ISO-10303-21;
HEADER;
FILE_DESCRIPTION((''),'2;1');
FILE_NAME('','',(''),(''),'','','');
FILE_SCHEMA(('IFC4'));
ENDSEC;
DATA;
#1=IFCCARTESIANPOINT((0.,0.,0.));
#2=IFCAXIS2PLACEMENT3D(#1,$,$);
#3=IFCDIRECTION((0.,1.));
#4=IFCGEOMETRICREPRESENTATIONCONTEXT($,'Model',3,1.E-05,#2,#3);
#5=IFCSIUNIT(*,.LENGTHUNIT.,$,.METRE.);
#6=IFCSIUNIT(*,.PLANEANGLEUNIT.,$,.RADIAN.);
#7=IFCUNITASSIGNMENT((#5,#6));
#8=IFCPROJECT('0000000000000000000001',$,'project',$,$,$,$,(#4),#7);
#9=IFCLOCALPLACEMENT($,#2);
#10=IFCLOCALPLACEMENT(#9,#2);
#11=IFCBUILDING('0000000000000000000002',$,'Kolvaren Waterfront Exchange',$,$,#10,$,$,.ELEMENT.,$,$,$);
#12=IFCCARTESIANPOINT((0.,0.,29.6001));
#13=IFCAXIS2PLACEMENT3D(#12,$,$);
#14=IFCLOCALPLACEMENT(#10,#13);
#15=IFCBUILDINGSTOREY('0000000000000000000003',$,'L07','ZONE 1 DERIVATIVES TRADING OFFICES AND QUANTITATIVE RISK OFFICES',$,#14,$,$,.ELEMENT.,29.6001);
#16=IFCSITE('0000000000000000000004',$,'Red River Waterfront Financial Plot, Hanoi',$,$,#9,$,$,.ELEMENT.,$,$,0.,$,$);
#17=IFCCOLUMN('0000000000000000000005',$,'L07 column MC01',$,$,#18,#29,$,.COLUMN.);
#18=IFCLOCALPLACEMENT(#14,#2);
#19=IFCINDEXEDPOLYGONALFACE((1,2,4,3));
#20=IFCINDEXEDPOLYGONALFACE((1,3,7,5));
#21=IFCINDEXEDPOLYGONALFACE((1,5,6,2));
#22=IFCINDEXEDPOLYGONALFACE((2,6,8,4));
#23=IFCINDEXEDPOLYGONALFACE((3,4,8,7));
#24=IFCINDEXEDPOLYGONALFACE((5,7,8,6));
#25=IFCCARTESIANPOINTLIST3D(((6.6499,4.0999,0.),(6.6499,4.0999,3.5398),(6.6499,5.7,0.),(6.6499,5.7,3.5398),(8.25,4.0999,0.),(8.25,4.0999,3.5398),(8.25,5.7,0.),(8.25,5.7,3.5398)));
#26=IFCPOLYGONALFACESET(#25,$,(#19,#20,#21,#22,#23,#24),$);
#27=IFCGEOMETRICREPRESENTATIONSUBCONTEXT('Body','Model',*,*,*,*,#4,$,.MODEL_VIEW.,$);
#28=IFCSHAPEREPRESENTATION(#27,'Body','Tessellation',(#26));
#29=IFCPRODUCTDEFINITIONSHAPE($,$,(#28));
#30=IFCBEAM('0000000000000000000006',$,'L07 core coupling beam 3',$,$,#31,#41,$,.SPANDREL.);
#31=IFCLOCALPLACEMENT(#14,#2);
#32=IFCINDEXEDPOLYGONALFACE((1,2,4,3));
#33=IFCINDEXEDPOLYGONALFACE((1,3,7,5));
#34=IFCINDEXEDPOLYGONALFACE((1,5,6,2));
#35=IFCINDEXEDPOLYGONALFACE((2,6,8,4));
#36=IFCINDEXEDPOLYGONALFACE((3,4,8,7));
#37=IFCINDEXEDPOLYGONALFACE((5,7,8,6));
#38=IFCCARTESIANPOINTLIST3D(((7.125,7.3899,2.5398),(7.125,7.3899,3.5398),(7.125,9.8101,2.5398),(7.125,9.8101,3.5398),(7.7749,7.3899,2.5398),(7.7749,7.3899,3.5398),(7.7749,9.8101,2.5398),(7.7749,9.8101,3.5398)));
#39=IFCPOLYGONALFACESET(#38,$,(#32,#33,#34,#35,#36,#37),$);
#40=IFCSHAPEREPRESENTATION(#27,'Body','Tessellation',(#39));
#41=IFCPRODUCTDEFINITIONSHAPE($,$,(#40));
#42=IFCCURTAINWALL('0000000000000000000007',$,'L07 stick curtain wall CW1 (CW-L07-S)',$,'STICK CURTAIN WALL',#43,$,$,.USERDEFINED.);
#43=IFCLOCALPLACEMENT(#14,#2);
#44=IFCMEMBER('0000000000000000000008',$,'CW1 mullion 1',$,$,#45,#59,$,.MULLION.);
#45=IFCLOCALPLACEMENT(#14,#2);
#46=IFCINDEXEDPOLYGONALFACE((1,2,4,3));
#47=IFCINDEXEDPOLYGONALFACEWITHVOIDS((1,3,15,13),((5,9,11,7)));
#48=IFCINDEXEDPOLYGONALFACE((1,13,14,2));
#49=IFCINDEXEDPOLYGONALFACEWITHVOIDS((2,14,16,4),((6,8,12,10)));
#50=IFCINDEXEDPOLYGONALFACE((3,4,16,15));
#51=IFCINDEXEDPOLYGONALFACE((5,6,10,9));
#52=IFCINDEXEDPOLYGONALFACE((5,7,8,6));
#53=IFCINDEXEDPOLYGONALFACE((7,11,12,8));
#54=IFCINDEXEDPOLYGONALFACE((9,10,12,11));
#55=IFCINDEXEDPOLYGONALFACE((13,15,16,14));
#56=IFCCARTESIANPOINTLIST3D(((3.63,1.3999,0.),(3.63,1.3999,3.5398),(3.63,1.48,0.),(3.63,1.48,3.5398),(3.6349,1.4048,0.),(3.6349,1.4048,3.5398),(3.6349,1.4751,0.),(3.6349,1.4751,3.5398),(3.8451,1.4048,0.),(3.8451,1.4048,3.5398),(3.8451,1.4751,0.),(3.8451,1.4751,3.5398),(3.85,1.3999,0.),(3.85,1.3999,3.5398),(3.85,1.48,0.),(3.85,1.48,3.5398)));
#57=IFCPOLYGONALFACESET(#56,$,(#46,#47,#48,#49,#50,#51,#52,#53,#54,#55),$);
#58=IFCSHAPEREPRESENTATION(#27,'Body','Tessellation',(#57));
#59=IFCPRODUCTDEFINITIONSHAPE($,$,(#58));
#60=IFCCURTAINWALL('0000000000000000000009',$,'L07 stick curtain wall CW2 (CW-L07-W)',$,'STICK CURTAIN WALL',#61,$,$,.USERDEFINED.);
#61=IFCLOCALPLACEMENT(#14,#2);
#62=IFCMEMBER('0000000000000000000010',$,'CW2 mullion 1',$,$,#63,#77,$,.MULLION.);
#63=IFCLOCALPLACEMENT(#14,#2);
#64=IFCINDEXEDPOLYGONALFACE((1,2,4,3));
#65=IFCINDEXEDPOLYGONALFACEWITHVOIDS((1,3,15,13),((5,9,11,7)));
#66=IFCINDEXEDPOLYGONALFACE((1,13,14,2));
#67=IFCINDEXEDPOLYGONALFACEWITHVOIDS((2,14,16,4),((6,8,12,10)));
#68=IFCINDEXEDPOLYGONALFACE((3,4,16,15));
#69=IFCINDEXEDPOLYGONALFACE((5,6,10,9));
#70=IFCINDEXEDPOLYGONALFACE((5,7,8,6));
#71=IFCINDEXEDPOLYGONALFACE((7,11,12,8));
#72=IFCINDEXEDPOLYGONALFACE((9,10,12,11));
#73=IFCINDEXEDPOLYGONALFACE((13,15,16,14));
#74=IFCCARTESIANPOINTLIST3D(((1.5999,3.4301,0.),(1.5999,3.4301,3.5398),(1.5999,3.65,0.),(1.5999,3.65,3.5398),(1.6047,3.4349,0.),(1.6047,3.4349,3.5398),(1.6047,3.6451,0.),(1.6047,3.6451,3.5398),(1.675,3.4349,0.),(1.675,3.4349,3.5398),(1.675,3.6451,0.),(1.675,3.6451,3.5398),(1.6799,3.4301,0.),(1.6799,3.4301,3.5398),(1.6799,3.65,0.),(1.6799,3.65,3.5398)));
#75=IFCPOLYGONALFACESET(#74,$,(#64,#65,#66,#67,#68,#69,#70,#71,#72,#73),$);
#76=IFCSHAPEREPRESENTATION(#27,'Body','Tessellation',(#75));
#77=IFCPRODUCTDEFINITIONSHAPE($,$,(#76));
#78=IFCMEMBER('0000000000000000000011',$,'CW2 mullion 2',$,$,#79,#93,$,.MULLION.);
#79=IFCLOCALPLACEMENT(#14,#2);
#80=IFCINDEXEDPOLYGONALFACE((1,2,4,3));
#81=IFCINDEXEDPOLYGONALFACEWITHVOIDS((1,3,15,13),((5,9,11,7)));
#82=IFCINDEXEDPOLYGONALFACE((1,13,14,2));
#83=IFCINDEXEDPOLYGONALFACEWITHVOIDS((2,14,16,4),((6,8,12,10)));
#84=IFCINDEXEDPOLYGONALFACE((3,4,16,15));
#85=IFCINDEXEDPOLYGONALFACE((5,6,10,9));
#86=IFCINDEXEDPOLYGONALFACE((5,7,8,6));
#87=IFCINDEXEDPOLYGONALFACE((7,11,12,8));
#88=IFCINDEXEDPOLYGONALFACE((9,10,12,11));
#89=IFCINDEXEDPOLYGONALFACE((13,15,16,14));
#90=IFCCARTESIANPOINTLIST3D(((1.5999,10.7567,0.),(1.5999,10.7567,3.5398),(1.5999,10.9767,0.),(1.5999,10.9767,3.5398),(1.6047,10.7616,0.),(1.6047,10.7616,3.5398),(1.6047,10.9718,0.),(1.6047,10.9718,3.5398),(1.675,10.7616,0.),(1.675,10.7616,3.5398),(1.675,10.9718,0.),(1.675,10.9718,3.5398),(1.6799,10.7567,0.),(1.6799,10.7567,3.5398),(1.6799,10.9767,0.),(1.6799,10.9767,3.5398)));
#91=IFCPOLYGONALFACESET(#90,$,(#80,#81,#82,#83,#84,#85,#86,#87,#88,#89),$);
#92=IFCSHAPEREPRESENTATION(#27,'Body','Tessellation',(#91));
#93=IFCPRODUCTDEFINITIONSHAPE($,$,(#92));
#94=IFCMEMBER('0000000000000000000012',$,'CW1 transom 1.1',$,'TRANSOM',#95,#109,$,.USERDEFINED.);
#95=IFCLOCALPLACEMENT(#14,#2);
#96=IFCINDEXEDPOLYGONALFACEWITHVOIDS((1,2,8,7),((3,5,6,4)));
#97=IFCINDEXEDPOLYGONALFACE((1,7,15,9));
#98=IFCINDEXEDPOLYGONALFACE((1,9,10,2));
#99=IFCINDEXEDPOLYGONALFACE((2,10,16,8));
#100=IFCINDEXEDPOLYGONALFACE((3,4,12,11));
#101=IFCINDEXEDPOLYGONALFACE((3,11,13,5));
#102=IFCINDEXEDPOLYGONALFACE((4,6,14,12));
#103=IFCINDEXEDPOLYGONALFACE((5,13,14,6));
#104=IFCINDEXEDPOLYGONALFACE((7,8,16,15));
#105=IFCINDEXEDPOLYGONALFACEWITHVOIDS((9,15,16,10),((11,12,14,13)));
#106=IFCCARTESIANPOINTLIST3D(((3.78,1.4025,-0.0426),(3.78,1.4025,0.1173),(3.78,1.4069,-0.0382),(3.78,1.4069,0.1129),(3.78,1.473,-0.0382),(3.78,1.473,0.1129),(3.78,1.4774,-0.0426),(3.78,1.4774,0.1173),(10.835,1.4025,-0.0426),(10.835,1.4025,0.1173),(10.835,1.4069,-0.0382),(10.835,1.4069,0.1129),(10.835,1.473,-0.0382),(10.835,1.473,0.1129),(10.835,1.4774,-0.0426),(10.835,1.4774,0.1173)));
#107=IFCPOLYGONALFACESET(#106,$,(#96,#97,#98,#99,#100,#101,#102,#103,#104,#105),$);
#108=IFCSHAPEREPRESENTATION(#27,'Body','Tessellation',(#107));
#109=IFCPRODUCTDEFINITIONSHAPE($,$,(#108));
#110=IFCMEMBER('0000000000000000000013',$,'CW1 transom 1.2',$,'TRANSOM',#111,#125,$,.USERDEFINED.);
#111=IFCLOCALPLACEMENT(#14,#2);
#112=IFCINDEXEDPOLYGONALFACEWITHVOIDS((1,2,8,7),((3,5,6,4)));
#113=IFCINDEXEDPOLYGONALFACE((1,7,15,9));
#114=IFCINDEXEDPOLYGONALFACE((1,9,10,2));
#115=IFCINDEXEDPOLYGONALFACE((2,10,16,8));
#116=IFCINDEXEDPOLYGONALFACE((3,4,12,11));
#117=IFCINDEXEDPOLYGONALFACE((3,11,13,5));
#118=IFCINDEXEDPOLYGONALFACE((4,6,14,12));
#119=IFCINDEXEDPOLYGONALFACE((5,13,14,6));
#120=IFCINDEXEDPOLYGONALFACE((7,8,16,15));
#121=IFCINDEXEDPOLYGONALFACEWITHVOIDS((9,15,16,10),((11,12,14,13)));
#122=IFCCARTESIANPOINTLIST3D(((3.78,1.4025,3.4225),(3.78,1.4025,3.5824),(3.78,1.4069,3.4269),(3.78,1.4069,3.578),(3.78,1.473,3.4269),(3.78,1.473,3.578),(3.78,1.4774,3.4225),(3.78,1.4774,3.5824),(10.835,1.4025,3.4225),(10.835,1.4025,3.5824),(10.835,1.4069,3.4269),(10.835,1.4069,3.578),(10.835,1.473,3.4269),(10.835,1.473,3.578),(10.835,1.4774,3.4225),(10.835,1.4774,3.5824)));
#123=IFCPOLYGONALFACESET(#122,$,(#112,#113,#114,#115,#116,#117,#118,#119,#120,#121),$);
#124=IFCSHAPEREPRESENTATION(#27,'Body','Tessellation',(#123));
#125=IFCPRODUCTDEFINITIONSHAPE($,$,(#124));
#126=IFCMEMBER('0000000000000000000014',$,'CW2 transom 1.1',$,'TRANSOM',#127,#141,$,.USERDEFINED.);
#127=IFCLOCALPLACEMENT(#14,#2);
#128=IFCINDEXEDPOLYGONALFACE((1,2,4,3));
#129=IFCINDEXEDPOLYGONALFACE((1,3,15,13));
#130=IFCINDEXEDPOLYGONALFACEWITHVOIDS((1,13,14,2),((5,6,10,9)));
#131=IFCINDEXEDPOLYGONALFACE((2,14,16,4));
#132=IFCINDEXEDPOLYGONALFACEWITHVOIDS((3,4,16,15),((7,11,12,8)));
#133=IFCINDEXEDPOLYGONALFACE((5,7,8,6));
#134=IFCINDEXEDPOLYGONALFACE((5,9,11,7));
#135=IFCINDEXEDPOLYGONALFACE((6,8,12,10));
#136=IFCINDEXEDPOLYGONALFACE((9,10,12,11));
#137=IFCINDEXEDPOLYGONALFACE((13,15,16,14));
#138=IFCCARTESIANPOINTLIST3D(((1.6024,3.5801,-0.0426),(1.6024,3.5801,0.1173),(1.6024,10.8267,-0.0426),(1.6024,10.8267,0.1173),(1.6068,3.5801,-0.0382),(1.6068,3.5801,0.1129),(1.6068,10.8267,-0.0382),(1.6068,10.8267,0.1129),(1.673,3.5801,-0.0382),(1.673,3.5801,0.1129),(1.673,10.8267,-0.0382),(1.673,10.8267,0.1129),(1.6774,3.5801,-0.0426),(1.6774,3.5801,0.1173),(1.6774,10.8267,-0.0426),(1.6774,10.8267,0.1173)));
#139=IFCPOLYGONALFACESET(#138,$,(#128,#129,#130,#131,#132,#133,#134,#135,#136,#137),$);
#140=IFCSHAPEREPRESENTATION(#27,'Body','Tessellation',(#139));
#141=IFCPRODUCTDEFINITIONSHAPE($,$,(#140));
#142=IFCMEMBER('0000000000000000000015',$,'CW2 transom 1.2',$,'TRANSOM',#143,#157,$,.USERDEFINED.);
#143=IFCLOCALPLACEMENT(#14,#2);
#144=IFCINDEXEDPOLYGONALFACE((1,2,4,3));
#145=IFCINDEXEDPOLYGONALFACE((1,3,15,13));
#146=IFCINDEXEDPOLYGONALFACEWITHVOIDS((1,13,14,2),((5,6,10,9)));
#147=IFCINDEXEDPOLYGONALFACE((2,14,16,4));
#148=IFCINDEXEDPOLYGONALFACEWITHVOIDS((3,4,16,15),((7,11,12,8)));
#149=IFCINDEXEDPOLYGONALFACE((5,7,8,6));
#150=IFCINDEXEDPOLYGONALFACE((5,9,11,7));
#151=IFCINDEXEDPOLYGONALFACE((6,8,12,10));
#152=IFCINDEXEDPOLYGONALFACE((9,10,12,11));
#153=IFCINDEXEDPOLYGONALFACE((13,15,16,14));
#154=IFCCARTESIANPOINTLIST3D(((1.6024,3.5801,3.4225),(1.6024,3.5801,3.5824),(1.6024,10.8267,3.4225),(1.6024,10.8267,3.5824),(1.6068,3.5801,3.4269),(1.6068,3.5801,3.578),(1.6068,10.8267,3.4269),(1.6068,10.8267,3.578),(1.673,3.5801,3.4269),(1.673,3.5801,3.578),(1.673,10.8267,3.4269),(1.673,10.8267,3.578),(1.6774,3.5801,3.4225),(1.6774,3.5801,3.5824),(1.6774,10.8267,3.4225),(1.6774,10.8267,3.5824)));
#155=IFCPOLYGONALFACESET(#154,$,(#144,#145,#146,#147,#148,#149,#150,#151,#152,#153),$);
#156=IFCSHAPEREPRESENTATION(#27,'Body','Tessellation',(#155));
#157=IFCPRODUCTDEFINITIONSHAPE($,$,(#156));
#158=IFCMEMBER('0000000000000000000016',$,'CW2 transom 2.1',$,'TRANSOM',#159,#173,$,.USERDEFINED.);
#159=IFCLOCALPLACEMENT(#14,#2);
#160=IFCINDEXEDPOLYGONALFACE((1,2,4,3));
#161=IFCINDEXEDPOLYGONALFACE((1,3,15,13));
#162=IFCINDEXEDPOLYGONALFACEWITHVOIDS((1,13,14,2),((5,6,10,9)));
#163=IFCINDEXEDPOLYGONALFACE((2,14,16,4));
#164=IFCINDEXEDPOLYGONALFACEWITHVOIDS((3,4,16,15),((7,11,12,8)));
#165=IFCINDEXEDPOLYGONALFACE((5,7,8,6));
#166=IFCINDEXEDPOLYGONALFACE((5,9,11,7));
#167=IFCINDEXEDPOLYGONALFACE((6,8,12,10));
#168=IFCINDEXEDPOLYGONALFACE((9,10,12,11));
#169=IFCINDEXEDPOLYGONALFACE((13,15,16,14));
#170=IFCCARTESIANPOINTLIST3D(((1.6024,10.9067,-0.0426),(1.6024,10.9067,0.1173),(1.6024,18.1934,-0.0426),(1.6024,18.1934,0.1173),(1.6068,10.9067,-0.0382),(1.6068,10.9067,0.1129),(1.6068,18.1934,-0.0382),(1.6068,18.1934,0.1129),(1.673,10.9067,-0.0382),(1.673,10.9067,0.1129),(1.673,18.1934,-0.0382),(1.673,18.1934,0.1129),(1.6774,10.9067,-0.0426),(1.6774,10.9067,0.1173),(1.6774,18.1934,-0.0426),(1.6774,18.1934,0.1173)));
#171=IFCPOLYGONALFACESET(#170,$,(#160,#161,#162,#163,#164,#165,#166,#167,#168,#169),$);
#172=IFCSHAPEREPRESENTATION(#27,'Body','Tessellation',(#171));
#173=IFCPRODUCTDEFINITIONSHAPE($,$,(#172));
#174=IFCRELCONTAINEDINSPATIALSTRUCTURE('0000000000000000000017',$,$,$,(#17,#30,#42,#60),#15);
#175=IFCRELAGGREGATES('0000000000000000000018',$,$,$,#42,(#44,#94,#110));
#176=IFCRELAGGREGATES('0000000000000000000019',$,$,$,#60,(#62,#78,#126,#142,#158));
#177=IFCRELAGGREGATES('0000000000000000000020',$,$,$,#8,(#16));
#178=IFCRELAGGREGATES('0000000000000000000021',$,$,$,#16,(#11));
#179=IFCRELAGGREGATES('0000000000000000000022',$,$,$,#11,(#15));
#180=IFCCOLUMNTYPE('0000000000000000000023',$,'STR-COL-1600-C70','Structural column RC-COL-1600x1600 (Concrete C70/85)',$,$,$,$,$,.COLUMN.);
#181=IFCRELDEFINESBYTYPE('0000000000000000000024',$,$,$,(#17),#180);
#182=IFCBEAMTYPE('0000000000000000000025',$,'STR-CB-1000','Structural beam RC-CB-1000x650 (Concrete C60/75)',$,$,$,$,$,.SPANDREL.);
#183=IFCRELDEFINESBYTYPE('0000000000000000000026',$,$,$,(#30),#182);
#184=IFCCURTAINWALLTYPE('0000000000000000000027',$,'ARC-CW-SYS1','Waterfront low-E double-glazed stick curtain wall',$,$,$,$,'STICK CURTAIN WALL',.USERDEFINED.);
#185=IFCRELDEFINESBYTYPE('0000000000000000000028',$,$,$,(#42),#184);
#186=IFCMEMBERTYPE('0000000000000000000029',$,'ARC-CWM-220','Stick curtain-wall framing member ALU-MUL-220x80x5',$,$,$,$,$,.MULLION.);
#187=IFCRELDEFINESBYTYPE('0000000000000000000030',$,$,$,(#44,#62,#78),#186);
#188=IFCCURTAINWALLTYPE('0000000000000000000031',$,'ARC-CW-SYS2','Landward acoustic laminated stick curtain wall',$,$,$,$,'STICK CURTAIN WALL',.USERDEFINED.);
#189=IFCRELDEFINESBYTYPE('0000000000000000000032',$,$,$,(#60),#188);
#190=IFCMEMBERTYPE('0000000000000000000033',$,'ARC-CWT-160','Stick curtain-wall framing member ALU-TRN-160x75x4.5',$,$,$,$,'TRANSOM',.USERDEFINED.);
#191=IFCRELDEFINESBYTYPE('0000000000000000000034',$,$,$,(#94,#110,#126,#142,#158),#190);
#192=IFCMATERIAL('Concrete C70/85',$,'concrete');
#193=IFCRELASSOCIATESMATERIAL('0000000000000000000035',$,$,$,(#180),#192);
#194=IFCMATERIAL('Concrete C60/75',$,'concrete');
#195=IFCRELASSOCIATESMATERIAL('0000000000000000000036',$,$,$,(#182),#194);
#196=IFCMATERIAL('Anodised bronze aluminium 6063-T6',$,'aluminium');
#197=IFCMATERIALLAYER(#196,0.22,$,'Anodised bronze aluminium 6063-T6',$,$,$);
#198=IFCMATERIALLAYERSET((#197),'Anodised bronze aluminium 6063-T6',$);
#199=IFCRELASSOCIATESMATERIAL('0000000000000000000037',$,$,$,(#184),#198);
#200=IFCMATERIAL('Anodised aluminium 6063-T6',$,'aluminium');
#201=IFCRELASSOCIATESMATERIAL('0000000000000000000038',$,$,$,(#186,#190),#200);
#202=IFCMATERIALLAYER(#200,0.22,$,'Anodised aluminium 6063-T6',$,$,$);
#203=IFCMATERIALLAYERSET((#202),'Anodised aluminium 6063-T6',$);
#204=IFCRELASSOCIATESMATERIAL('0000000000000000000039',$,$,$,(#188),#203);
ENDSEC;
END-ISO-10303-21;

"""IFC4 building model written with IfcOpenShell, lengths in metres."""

from ifc_helpers import new_model, si_unit, direction, frame, origin, origin_with_axes, origin_2d, place, context, subcontext, project, spatial, rectangle, hollow_rectangle, extrude, source, transform, mapped, material, layer, layer_set, material_profile, profile_set, type_object, element, aggregate, save


model = new_model("IFC4")

# Units and contexts
model_context = context("Model", 3, precision=1e-05, world=origin(), true_north=direction((0.0, 1.0)))
body_context = subcontext(model_context, "Body", "Model", "MODEL_VIEW")
ifc_project = project(units=[si_unit("LENGTHUNIT", "METRE"), si_unit("PLANEANGLEUNIT", "RADIAN")], contexts=[model_context])

# Site, building, storey
site_placement = place(None, origin())
site = spatial("IfcSite", under=ifc_project, at=site_placement, Name="Red River Waterfront Financial Plot, Hanoi", CompositionType="ELEMENT", RefElevation=0.0)
building_placement = place(site_placement, origin())
building = spatial("IfcBuilding", under=site, at=building_placement, Name="Kolvaren Waterfront Exchange", CompositionType="ELEMENT")
storey_placement = place(building_placement, frame((0.0, 0.0, 29.6001)))
storey = spatial("IfcBuildingStorey", under=building, at=storey_placement, Name="L07", Description="ZONE 1 DERIVATIVES TRADING OFFICES AND QUANTITATIVE RISK OFFICES", CompositionType="ELEMENT", Elevation=29.6001)

# Column
ifc_material_1 = material(Name="Concrete C70/85", Category="concrete")
ifc_material_profile_1 = material_profile(ifc_material_1, rectangle(XDim=1.6001, YDim=1.6001, at=origin_2d()), Name="RC-COL-1600x1600")
ifc_profile_set_1 = profile_set([ifc_material_profile_1], Name="Concrete C70/85")
column_type = type_object("IfcColumnType", Name="STR-COL-1600-C70", Description="Structural column RC-COL-1600x1600 (Concrete C70/85)", PredefinedType="COLUMN", material=ifc_profile_set_1)
column_placement = place(storey_placement, frame((7.45, 4.8999, 0.0), z_axis=(0.0, 0.0, 1.0), x_axis=(1.0, 0.0, 0.0)))
element("IfcColumn", 1, at=column_placement, inside=storey, type_object=column_type, Name="L07 column MC01", PredefinedType="COLUMN", context=body_context, shape_type="SweptSolid", body=[
    extrude(rectangle(XDim=1.6001, YDim=1.6001, at=origin_2d()), origin(), (0.0, 0.0, 1.0), 3.5398),
])

# Beam
ifc_material_2 = material(Name="Concrete C60/75", Category="concrete")
ifc_material_profile_2 = material_profile(ifc_material_2, rectangle(XDim=0.6499, YDim=1.0, at=origin_2d()), Name="RC-CB-1000x650")
ifc_profile_set_2 = profile_set([ifc_material_profile_2], Name="Concrete C60/75")
beam_type = type_object("IfcBeamType", Name="STR-CB-1000", Description="Structural beam RC-CB-1000x650 (Concrete C60/75)", PredefinedType="SPANDREL", material=ifc_profile_set_2)
beam_placement = place(storey_placement, frame((7.45, 7.3899, 3.0398), z_axis=(0.0, 1.0, 0.0), x_axis=(-1.0, 0.0, 0.0)))
element("IfcBeam", 2, at=beam_placement, inside=storey, type_object=beam_type, Name="L07 core coupling beam 3", PredefinedType="SPANDREL", context=body_context, shape_type="SweptSolid", body=[
    extrude(rectangle(XDim=0.6499, YDim=1.0, at=origin_2d()), origin(), (0.0, 0.0, 1.0), 2.4202),
])

# Curtain wall, member
ifc_material_3 = material(Name="Anodised bronze aluminium 6063-T6", Category="aluminium")
ifc_layer_1 = layer(ifc_material_3, 0.22, Name="Anodised bronze aluminium 6063-T6")
ifc_layer_set_1 = layer_set([ifc_layer_1], Name="Anodised bronze aluminium 6063-T6")
curtain_wall_type_1 = type_object("IfcCurtainWallType", Name="ARC-CW-SYS1", Description="Waterfront low-E double-glazed stick curtain wall", ElementType="STICK CURTAIN WALL", PredefinedType="USERDEFINED", material=ifc_layer_set_1)
curtain_wall_1_placement = place(storey_placement, origin())
curtain_wall_1 = element("IfcCurtainWall", 3, at=curtain_wall_1_placement, inside=storey, type_object=curtain_wall_type_1, Name="L07 stick curtain wall CW1 (CW-L07-S)", ObjectType="STICK CURTAIN WALL", PredefinedType="USERDEFINED")
ifc_material_4 = material(Name="Anodised aluminium 6063-T6", Category="aluminium")
ifc_material_profile_3 = material_profile(ifc_material_4, hollow_rectangle(XDim=0.0801, YDim=0.22, WallThickness=0.0049, at=origin_2d()), Name="ALU-MUL-220x80x5")
ifc_profile_set_3 = profile_set([ifc_material_profile_3], Name="Anodised aluminium 6063-T6")
member_type_1 = type_object("IfcMemberType", Name="ARC-CWM-220", Description="Stick curtain-wall framing member ALU-MUL-220x80x5", PredefinedType="MULLION", material=ifc_profile_set_3)
shared_shape_1 = source(origin_with_axes(), body_context, "Body", "SweptSolid", [
    extrude(hollow_rectangle(XDim=0.0801, YDim=0.22, WallThickness=0.0049, at=origin_2d()), origin(), (0.0, 0.0, 1.0), 3.5398),
])
member_1_placement = place(storey_placement, frame((3.74, 1.4399, 0.0), z_axis=(0.0, 0.0, 1.0), x_axis=(0.0, 1.0, 0.0)))
member_1 = element("IfcMember", 4, at=member_1_placement, type_object=member_type_1, Name="CW1 mullion 1", PredefinedType="MULLION", context=body_context, shape_type="MappedRepresentation", body=[
    mapped(shared_shape_1, transform((0.0, 0.0, 0.0), x_axis=(1.0, 0.0, 0.0), y_axis=(0.0, 1.0, 0.0), z_axis=(0.0, 0.0, 1.0), scale=1.0)),
])

# Curtain wall, members
ifc_layer_2 = layer(ifc_material_4, 0.22, Name="Anodised aluminium 6063-T6")
ifc_layer_set_2 = layer_set([ifc_layer_2], Name="Anodised aluminium 6063-T6")
curtain_wall_type_2 = type_object("IfcCurtainWallType", Name="ARC-CW-SYS2", Description="Landward acoustic laminated stick curtain wall", ElementType="STICK CURTAIN WALL", PredefinedType="USERDEFINED", material=ifc_layer_set_2)
curtain_wall_2_placement = place(storey_placement, origin())
curtain_wall_2 = element("IfcCurtainWall", 5, at=curtain_wall_2_placement, inside=storey, type_object=curtain_wall_type_2, Name="L07 stick curtain wall CW2 (CW-L07-W)", ObjectType="STICK CURTAIN WALL", PredefinedType="USERDEFINED")
member_2_placement = place(storey_placement, frame((1.6399, 3.54, 0.0), z_axis=(0.0, 0.0, 1.0), x_axis=(-1.0, 0.0, 0.0)))
member_2 = element("IfcMember", 6, at=member_2_placement, type_object=member_type_1, Name="CW2 mullion 1", PredefinedType="MULLION", context=body_context, shape_type="MappedRepresentation", body=[
    mapped(shared_shape_1, transform((0.0, 0.0, 0.0), x_axis=(1.0, 0.0, 0.0), y_axis=(0.0, 1.0, 0.0), z_axis=(0.0, 0.0, 1.0), scale=1.0)),
])
member_3_placement = place(storey_placement, frame((1.6399, 10.8667, 0.0), z_axis=(0.0, 0.0, 1.0), x_axis=(-1.0, 0.0, 0.0)))
member_3 = element("IfcMember", 7, at=member_3_placement, type_object=member_type_1, Name="CW2 mullion 2", PredefinedType="MULLION", context=body_context, shape_type="MappedRepresentation", body=[
    mapped(shared_shape_1, transform((0.0, 0.0, 0.0), x_axis=(1.0, 0.0, 0.0), y_axis=(0.0, 1.0, 0.0), z_axis=(0.0, 0.0, 1.0), scale=1.0)),
])

# Members
ifc_material_profile_4 = material_profile(ifc_material_4, hollow_rectangle(XDim=0.075, YDim=0.1599, WallThickness=0.0044, at=origin_2d()), Name="ALU-TRN-160x75x4.5")
ifc_profile_set_4 = profile_set([ifc_material_profile_4], Name="Anodised aluminium 6063-T6")
member_type_2 = type_object("IfcMemberType", Name="ARC-CWT-160", Description="Stick curtain-wall framing member ALU-TRN-160x75x4.5", ElementType="TRANSOM", PredefinedType="USERDEFINED", material=ifc_profile_set_4)
shared_shape_2 = source(origin_with_axes(), body_context, "Body", "SweptSolid", [
    extrude(hollow_rectangle(XDim=0.075, YDim=0.1599, WallThickness=0.0044, at=origin_2d()), origin(), (0.0, 0.0, 1.0), 7.0549),
])
member_4_placement = place(storey_placement, frame((3.78, 1.4399, 0.0374), z_axis=(1.0, 0.0, 0.0), x_axis=(0.0, 1.0, 0.0)))
member_4 = element("IfcMember", 8, at=member_4_placement, type_object=member_type_2, Name="CW1 transom 1.1", ObjectType="TRANSOM", PredefinedType="USERDEFINED", context=body_context, shape_type="MappedRepresentation", body=[
    mapped(shared_shape_2, transform((0.0, 0.0, 0.0), x_axis=(1.0, 0.0, 0.0), y_axis=(0.0, 1.0, 0.0), z_axis=(0.0, 0.0, 1.0), scale=1.0)),
])
member_5_placement = place(storey_placement, frame((3.78, 1.4399, 3.5024), z_axis=(1.0, 0.0, 0.0), x_axis=(0.0, 1.0, 0.0)))
member_5 = element("IfcMember", 9, at=member_5_placement, type_object=member_type_2, Name="CW1 transom 1.2", ObjectType="TRANSOM", PredefinedType="USERDEFINED", context=body_context, shape_type="MappedRepresentation", body=[
    mapped(shared_shape_2, transform((0.0, 0.0, 0.0), x_axis=(1.0, 0.0, 0.0), y_axis=(0.0, 1.0, 0.0), z_axis=(0.0, 0.0, 1.0), scale=1.0)),
])
shared_shape_3 = source(origin_with_axes(), body_context, "Body", "SweptSolid", [
    extrude(hollow_rectangle(XDim=0.075, YDim=0.1599, WallThickness=0.0044, at=origin_2d()), origin(), (0.0, 0.0, 1.0), 7.2466),
])
member_6_placement = place(storey_placement, frame((1.6399, 3.5801, 0.0374), z_axis=(0.0, 1.0, 0.0), x_axis=(-1.0, 0.0, 0.0)))
member_6 = element("IfcMember", 10, at=member_6_placement, type_object=member_type_2, Name="CW2 transom 1.1", ObjectType="TRANSOM", PredefinedType="USERDEFINED", context=body_context, shape_type="MappedRepresentation", body=[
    mapped(shared_shape_3, transform((0.0, 0.0, 0.0), x_axis=(1.0, 0.0, 0.0), y_axis=(0.0, 1.0, 0.0), z_axis=(0.0, 0.0, 1.0), scale=1.0)),
])
member_7_placement = place(storey_placement, frame((1.6399, 3.5801, 3.5024), z_axis=(0.0, 1.0, 0.0), x_axis=(-1.0, 0.0, 0.0)))
member_7 = element("IfcMember", 11, at=member_7_placement, type_object=member_type_2, Name="CW2 transom 1.2", ObjectType="TRANSOM", PredefinedType="USERDEFINED", context=body_context, shape_type="MappedRepresentation", body=[
    mapped(shared_shape_3, transform((0.0, 0.0, 0.0), x_axis=(1.0, 0.0, 0.0), y_axis=(0.0, 1.0, 0.0), z_axis=(0.0, 0.0, 1.0), scale=1.0)),
])
shared_shape_4 = source(origin_with_axes(), body_context, "Body", "SweptSolid", [
    extrude(hollow_rectangle(XDim=0.075, YDim=0.1599, WallThickness=0.0044, at=origin_2d()), origin(), (0.0, 0.0, 1.0), 7.2866),
])
member_8_placement = place(storey_placement, frame((1.6399, 10.9067, 0.0374), z_axis=(0.0, 1.0, 0.0), x_axis=(-1.0, 0.0, 0.0)))
member_8 = element("IfcMember", 12, at=member_8_placement, type_object=member_type_2, Name="CW2 transom 2.1", ObjectType="TRANSOM", PredefinedType="USERDEFINED", context=body_context, shape_type="MappedRepresentation", body=[
    mapped(shared_shape_4, transform((0.0, 0.0, 0.0), x_axis=(1.0, 0.0, 0.0), y_axis=(0.0, 1.0, 0.0), z_axis=(0.0, 0.0, 1.0), scale=1.0)),
])

aggregate(curtain_wall_1, [member_1, member_4, member_5])
aggregate(curtain_wall_2, [member_2, member_3, member_6, member_7, member_8])

save(model, "model.ifc")
